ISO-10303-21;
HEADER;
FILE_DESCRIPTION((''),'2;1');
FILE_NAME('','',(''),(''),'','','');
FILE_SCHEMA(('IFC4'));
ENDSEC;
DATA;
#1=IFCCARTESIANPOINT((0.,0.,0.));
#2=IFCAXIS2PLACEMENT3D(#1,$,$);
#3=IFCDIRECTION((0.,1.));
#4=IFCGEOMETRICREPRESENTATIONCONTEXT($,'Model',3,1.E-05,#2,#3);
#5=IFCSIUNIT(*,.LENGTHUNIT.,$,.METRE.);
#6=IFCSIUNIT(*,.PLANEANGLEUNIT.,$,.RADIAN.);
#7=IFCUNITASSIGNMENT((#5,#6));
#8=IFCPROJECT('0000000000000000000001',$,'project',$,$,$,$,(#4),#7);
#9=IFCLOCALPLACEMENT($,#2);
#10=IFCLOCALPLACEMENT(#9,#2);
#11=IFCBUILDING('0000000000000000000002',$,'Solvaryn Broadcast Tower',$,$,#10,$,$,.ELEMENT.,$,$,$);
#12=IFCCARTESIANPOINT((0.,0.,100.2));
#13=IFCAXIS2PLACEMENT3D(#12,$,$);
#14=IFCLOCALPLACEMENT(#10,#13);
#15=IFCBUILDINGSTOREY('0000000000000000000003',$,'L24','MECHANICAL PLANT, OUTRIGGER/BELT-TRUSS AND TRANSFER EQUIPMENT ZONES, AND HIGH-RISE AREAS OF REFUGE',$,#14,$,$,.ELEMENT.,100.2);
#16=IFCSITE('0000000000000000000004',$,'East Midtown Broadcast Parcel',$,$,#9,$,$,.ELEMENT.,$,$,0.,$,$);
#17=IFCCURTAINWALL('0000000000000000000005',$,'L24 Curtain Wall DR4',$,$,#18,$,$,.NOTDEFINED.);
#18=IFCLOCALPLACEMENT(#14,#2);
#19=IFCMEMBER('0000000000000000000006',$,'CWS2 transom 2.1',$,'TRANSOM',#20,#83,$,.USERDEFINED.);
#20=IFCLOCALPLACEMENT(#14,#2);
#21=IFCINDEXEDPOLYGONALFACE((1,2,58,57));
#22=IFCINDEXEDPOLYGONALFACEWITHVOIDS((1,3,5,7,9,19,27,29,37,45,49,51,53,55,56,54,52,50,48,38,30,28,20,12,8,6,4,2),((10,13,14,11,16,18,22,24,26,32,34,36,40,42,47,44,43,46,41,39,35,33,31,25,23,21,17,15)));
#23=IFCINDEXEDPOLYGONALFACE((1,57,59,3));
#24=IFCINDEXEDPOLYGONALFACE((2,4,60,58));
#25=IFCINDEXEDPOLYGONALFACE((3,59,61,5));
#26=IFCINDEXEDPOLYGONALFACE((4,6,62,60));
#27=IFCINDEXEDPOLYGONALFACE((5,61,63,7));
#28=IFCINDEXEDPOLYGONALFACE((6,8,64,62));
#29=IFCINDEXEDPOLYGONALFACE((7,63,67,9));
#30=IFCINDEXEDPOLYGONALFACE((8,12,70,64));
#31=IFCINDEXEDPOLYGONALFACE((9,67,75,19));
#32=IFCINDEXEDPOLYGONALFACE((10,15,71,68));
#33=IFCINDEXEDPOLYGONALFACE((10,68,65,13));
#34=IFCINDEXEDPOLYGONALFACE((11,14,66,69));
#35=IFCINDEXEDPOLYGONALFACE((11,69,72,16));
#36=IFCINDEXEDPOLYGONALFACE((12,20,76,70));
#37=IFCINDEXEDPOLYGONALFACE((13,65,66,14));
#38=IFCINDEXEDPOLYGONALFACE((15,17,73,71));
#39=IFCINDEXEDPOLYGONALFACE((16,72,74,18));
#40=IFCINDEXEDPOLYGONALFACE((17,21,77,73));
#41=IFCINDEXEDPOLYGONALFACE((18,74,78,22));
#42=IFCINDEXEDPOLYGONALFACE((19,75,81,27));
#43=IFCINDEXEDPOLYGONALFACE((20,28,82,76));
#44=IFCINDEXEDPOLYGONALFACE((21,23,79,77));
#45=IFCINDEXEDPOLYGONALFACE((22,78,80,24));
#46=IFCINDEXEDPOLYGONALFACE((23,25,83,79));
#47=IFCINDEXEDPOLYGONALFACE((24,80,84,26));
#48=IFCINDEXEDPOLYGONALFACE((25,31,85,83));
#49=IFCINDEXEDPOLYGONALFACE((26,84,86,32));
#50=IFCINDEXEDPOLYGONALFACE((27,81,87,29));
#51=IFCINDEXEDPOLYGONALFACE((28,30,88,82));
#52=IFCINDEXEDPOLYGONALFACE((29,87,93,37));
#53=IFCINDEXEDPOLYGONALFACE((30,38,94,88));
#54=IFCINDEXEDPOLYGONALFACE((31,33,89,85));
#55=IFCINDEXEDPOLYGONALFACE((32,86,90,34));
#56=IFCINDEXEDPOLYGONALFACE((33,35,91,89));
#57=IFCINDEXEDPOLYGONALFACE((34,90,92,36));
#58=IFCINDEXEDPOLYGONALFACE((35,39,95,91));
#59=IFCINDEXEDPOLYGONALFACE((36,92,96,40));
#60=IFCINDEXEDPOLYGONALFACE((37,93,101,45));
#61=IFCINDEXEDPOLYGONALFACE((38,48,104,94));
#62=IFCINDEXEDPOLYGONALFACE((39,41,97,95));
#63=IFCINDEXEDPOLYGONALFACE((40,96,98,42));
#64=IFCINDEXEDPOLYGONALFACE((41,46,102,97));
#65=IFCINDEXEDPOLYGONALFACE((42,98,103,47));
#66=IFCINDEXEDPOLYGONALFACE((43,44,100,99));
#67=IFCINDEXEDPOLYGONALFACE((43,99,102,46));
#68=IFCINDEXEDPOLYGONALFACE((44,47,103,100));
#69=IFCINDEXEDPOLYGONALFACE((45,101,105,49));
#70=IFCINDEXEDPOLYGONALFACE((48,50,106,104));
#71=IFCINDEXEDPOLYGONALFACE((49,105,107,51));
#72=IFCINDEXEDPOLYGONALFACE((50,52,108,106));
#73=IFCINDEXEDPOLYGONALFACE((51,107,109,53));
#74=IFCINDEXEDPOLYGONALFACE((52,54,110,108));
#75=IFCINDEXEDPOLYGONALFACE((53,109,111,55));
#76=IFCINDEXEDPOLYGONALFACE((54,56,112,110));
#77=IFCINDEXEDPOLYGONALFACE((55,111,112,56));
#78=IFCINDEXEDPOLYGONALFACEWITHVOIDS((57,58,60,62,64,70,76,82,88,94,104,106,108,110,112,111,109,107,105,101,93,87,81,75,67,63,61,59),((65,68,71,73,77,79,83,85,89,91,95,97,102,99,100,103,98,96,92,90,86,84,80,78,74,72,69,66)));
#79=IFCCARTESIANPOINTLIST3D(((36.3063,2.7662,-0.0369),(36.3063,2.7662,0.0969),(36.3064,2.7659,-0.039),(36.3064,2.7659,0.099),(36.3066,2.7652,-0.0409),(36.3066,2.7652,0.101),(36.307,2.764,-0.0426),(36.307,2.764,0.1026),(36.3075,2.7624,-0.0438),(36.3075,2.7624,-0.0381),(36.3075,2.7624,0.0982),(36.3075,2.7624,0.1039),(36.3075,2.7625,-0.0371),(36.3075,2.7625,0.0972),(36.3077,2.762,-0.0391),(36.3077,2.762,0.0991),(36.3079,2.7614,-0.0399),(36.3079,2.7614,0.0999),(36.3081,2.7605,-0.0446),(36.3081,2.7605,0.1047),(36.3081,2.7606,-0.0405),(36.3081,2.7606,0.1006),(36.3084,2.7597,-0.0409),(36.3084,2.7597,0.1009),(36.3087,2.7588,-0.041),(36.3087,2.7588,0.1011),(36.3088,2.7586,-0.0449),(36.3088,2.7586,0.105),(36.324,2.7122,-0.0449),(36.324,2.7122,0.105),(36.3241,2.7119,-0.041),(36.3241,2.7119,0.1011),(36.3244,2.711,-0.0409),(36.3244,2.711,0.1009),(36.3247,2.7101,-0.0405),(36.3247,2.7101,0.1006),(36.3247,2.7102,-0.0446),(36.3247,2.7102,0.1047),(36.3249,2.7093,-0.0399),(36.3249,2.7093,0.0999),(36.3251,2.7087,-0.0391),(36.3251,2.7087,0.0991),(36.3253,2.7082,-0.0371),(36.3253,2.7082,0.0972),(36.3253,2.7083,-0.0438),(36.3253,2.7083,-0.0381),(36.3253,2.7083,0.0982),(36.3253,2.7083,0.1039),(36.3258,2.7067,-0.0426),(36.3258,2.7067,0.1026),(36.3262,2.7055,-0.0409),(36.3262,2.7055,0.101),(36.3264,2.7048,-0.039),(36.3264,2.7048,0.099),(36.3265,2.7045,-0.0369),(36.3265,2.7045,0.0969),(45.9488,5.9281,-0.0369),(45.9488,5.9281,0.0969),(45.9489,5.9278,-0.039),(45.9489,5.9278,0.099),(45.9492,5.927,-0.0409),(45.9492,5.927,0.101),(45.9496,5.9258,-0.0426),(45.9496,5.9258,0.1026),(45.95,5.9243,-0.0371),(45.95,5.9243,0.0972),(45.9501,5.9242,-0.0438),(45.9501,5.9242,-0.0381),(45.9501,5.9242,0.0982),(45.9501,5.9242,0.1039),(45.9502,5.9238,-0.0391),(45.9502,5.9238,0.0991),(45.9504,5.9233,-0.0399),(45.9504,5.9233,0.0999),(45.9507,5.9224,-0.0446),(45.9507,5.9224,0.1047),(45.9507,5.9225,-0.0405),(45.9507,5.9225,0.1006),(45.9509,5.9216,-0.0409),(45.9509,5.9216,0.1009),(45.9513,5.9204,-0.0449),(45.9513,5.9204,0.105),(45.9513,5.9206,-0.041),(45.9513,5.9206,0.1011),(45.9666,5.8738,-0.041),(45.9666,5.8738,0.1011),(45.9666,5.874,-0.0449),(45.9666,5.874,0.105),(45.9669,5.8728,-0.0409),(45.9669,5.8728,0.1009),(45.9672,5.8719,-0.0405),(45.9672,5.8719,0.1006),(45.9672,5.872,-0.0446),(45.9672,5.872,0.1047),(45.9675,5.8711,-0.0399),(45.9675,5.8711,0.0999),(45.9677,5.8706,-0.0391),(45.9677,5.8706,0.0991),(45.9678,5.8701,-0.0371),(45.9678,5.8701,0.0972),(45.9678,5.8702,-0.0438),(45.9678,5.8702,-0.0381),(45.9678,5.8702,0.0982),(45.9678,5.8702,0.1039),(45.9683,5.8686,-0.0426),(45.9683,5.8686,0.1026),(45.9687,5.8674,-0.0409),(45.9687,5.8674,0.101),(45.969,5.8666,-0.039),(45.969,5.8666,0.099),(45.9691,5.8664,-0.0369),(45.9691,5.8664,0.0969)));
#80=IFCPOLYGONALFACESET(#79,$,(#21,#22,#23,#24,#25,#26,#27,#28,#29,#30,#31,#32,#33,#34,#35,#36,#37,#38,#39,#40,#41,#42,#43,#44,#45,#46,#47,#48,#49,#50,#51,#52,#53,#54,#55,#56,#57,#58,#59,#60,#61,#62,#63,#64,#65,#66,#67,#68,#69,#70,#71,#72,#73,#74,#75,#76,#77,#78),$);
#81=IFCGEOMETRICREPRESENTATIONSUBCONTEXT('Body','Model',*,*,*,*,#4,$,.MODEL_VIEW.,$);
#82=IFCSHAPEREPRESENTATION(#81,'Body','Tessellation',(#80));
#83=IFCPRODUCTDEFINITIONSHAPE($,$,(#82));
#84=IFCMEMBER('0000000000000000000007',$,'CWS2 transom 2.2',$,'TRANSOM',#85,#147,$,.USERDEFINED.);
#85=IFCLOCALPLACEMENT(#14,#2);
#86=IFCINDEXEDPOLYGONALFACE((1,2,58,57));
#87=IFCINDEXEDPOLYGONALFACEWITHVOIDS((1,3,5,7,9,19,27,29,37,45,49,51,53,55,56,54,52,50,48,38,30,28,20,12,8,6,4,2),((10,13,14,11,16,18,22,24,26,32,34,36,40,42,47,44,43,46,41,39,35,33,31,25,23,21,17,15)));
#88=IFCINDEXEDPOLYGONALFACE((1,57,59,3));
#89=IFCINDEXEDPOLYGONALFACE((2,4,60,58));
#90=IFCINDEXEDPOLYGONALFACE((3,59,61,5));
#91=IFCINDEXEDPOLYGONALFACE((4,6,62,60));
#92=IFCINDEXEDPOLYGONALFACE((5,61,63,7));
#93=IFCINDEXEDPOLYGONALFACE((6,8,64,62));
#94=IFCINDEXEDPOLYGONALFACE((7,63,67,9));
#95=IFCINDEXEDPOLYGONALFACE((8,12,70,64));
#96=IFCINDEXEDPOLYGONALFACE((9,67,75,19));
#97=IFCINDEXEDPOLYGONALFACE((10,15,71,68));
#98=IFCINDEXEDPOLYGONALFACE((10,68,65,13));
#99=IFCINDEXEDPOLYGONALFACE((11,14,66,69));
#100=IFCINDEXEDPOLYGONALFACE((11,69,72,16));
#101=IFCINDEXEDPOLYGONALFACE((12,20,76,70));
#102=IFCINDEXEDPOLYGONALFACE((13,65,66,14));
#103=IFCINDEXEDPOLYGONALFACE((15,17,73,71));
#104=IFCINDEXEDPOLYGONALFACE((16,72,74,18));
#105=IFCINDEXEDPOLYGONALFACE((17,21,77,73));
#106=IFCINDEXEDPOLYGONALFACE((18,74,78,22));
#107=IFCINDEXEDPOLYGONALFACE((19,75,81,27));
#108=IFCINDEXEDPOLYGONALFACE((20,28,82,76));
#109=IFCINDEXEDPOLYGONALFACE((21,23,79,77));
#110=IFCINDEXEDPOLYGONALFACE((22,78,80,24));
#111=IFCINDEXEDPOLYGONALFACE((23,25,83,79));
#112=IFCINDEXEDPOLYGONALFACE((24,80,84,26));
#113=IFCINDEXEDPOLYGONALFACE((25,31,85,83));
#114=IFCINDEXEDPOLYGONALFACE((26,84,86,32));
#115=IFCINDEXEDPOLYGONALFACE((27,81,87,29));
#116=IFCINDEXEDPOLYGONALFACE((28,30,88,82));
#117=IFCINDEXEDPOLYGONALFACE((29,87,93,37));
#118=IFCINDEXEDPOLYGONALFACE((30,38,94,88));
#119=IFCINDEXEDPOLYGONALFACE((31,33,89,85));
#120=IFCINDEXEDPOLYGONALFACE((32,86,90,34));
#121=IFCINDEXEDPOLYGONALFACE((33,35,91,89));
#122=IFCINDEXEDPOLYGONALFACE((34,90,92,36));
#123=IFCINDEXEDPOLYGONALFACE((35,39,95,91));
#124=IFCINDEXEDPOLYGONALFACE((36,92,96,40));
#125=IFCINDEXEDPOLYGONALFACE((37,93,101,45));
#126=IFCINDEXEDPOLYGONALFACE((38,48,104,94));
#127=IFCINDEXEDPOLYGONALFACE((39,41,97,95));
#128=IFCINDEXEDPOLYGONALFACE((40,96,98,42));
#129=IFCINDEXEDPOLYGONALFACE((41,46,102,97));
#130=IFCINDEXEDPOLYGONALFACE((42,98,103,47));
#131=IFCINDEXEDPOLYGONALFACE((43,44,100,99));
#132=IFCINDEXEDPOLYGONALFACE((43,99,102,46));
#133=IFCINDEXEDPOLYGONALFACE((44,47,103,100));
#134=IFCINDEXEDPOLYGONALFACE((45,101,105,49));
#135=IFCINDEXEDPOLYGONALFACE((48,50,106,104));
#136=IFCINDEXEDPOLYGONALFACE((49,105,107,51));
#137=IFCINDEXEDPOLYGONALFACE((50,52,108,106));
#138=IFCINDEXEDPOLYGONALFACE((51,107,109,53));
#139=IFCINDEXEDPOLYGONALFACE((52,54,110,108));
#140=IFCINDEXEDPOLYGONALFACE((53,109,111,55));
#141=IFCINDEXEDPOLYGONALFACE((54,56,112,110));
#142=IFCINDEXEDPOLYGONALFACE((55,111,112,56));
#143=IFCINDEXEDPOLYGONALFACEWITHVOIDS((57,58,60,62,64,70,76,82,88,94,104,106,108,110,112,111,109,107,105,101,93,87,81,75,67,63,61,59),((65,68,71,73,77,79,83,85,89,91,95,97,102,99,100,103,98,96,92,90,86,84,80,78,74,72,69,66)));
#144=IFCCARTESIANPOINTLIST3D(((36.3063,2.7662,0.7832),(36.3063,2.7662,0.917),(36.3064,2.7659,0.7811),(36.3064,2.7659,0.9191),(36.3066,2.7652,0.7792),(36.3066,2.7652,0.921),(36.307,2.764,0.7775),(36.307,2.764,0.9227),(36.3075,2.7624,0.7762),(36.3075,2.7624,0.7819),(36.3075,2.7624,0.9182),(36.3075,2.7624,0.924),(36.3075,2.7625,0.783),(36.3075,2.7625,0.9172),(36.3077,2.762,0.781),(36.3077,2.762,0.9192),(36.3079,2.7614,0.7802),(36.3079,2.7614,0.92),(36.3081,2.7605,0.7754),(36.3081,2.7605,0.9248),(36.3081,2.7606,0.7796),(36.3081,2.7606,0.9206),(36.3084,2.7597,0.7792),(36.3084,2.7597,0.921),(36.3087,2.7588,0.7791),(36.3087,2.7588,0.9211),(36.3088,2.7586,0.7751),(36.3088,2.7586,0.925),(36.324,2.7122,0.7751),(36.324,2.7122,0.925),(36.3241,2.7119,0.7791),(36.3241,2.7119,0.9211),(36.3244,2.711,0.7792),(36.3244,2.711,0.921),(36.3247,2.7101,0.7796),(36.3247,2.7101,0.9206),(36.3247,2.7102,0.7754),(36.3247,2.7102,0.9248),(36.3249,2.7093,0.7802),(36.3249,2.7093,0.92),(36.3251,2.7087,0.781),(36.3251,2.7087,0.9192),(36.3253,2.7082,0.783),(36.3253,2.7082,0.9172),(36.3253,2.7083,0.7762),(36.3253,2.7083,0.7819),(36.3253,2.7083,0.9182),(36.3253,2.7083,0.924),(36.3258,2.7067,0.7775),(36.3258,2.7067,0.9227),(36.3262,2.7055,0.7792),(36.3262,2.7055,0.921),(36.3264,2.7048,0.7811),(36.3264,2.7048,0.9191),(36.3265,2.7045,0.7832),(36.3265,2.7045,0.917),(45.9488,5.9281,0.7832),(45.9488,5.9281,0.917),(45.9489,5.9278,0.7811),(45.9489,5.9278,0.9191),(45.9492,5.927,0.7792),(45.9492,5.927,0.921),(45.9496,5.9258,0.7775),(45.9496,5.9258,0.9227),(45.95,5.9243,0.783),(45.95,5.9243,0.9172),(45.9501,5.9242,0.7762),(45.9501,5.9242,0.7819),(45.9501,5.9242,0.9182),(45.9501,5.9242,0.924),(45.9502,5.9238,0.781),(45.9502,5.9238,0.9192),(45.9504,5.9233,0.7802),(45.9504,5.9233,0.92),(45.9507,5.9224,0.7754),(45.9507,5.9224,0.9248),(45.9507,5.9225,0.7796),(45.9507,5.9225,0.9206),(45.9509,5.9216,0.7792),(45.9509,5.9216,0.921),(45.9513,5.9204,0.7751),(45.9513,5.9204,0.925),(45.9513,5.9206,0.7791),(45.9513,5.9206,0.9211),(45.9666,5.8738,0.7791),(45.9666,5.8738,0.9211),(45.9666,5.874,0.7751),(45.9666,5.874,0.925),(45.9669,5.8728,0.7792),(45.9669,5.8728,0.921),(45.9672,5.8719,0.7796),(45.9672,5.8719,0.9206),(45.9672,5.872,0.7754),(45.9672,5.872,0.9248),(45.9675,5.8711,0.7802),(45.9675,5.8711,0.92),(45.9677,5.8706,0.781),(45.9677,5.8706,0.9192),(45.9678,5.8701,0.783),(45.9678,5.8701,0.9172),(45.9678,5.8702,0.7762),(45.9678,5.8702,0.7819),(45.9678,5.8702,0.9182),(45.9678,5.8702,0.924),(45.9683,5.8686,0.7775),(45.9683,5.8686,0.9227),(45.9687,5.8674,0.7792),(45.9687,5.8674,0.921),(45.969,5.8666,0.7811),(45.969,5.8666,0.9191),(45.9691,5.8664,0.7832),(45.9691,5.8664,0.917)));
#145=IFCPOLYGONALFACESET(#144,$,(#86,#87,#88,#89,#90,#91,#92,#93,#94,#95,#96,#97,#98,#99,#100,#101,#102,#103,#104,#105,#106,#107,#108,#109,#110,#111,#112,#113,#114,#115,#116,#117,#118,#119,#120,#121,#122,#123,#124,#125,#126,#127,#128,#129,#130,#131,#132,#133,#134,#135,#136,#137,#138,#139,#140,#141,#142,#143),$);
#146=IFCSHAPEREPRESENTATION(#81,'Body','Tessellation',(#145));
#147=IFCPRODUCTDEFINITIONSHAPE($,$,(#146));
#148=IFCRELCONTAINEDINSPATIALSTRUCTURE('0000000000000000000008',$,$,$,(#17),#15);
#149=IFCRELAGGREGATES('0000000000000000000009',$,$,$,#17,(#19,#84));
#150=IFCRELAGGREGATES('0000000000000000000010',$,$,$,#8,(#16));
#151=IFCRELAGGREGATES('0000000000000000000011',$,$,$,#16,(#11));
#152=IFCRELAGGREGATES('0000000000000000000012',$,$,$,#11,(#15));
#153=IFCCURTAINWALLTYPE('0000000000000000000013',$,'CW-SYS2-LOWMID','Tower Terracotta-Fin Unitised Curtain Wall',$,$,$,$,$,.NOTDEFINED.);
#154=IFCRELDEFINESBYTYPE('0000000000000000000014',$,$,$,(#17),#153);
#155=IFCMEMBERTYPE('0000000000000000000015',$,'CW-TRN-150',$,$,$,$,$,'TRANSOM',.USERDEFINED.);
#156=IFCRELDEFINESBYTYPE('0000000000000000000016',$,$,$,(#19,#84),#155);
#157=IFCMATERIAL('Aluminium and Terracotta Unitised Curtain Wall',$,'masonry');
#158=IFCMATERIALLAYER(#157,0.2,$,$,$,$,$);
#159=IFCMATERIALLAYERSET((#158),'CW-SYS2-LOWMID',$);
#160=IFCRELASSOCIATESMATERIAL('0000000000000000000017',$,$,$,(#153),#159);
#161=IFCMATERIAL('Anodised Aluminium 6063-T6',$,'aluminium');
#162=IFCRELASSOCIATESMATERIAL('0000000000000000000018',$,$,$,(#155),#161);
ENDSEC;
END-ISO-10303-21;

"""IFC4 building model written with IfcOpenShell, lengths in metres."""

from ifc_helpers import new_model, si_unit, direction, frame, origin, origin_2d, place, context, subcontext, project, spatial, hollow_rectangle, extrude, material, layer, layer_set, material_profile, profile_set, type_object, element, aggregate, save


model = new_model("IFC4")

# Units and contexts
model_context = context("Model", 3, precision=1e-05, world=origin(), true_north=direction((0.0, 1.0)))
body_context = subcontext(model_context, "Body", "Model", "MODEL_VIEW")
ifc_project = project(units=[si_unit("LENGTHUNIT", "METRE"), si_unit("PLANEANGLEUNIT", "RADIAN")], contexts=[model_context])

# Site, building, storey
site_placement = place(None, origin())
site = spatial("IfcSite", under=ifc_project, at=site_placement, Name="East Midtown Broadcast Parcel", CompositionType="ELEMENT", RefElevation=0.0)
building_placement = place(site_placement, origin())
building = spatial("IfcBuilding", under=site, at=building_placement, Name="Solvaryn Broadcast Tower", CompositionType="ELEMENT")
storey_placement = place(building_placement, frame((0.0, 0.0, 100.2)))
storey = spatial("IfcBuildingStorey", under=building, at=storey_placement, Name="L24", Description="MECHANICAL PLANT, OUTRIGGER/BELT-TRUSS AND TRANSFER EQUIPMENT ZONES, AND HIGH-RISE AREAS OF REFUGE", CompositionType="ELEMENT", Elevation=100.2)

# Curtain wall, members
ifc_material_1 = material(Name="Aluminium and Terracotta Unitised Curtain Wall", Category="masonry")
ifc_layer_1 = layer(ifc_material_1, 0.2)
ifc_layer_set_1 = layer_set([ifc_layer_1], Name="CW-SYS2-LOWMID")
curtain_wall_type = type_object("IfcCurtainWallType", Name="CW-SYS2-LOWMID", Description="Tower Terracotta-Fin Unitised Curtain Wall", PredefinedType="NOTDEFINED", material=ifc_layer_set_1)
curtain_wall_placement = place(storey_placement, origin())
curtain_wall = element("IfcCurtainWall", 1, at=curtain_wall_placement, inside=storey, type_object=curtain_wall_type, Name="L24 Curtain Wall DR4", PredefinedType="NOTDEFINED")
ifc_material_2 = material(Name="Anodised Aluminium 6063-T6", Category="aluminium")
ifc_material_profile_1 = material_profile(ifc_material_2, hollow_rectangle(XDim=0.0649, YDim=0.1499, WallThickness=0.0039, InnerFilletRadius=0.0039, OuterFilletRadius=0.0081, at=origin_2d()))
ifc_profile_set_1 = profile_set([ifc_material_profile_1], Name="Anodised Aluminium 6063-T6")
member_type_1 = type_object("IfcMemberType", Name="CW-TRN-150", ElementType="TRANSOM", PredefinedType="USERDEFINED", material=ifc_profile_set_1)
member_1_placement = place(storey_placement, frame((36.3164, 2.7354, 0.03), z_axis=(0.950219, 0.311583, 0.0), x_axis=(-0.311583, 0.950219, 0.0)))
member_1 = element("IfcMember", 2, at=member_1_placement, type_object=member_type_1, Name="CWS2 transom 2.1", ObjectType="TRANSOM", PredefinedType="USERDEFINED", context=body_context, shape_type="SweptSolid", body=[
    extrude(hollow_rectangle(XDim=0.0649, YDim=0.1499, WallThickness=0.0039, InnerFilletRadius=0.0039, OuterFilletRadius=0.0081, at=origin_2d()), origin(), (0.0, 0.0, 1.0), 10.1477),
])
member_2_placement = place(storey_placement, frame((36.3164, 2.7354, 0.8501), z_axis=(0.950219, 0.311583, 0.0), x_axis=(-0.311583, 0.950219, 0.0)))
member_2 = element("IfcMember", 3, at=member_2_placement, type_object=member_type_1, Name="CWS2 transom 2.2", ObjectType="TRANSOM", PredefinedType="USERDEFINED", context=body_context, shape_type="SweptSolid", body=[
    extrude(hollow_rectangle(XDim=0.0649, YDim=0.1499, WallThickness=0.0039, InnerFilletRadius=0.0039, OuterFilletRadius=0.0081, at=origin_2d()), origin(), (0.0, 0.0, 1.0), 10.1477),
])

aggregate(curtain_wall, [member_1, member_2])

save(model, "model.ifc")
